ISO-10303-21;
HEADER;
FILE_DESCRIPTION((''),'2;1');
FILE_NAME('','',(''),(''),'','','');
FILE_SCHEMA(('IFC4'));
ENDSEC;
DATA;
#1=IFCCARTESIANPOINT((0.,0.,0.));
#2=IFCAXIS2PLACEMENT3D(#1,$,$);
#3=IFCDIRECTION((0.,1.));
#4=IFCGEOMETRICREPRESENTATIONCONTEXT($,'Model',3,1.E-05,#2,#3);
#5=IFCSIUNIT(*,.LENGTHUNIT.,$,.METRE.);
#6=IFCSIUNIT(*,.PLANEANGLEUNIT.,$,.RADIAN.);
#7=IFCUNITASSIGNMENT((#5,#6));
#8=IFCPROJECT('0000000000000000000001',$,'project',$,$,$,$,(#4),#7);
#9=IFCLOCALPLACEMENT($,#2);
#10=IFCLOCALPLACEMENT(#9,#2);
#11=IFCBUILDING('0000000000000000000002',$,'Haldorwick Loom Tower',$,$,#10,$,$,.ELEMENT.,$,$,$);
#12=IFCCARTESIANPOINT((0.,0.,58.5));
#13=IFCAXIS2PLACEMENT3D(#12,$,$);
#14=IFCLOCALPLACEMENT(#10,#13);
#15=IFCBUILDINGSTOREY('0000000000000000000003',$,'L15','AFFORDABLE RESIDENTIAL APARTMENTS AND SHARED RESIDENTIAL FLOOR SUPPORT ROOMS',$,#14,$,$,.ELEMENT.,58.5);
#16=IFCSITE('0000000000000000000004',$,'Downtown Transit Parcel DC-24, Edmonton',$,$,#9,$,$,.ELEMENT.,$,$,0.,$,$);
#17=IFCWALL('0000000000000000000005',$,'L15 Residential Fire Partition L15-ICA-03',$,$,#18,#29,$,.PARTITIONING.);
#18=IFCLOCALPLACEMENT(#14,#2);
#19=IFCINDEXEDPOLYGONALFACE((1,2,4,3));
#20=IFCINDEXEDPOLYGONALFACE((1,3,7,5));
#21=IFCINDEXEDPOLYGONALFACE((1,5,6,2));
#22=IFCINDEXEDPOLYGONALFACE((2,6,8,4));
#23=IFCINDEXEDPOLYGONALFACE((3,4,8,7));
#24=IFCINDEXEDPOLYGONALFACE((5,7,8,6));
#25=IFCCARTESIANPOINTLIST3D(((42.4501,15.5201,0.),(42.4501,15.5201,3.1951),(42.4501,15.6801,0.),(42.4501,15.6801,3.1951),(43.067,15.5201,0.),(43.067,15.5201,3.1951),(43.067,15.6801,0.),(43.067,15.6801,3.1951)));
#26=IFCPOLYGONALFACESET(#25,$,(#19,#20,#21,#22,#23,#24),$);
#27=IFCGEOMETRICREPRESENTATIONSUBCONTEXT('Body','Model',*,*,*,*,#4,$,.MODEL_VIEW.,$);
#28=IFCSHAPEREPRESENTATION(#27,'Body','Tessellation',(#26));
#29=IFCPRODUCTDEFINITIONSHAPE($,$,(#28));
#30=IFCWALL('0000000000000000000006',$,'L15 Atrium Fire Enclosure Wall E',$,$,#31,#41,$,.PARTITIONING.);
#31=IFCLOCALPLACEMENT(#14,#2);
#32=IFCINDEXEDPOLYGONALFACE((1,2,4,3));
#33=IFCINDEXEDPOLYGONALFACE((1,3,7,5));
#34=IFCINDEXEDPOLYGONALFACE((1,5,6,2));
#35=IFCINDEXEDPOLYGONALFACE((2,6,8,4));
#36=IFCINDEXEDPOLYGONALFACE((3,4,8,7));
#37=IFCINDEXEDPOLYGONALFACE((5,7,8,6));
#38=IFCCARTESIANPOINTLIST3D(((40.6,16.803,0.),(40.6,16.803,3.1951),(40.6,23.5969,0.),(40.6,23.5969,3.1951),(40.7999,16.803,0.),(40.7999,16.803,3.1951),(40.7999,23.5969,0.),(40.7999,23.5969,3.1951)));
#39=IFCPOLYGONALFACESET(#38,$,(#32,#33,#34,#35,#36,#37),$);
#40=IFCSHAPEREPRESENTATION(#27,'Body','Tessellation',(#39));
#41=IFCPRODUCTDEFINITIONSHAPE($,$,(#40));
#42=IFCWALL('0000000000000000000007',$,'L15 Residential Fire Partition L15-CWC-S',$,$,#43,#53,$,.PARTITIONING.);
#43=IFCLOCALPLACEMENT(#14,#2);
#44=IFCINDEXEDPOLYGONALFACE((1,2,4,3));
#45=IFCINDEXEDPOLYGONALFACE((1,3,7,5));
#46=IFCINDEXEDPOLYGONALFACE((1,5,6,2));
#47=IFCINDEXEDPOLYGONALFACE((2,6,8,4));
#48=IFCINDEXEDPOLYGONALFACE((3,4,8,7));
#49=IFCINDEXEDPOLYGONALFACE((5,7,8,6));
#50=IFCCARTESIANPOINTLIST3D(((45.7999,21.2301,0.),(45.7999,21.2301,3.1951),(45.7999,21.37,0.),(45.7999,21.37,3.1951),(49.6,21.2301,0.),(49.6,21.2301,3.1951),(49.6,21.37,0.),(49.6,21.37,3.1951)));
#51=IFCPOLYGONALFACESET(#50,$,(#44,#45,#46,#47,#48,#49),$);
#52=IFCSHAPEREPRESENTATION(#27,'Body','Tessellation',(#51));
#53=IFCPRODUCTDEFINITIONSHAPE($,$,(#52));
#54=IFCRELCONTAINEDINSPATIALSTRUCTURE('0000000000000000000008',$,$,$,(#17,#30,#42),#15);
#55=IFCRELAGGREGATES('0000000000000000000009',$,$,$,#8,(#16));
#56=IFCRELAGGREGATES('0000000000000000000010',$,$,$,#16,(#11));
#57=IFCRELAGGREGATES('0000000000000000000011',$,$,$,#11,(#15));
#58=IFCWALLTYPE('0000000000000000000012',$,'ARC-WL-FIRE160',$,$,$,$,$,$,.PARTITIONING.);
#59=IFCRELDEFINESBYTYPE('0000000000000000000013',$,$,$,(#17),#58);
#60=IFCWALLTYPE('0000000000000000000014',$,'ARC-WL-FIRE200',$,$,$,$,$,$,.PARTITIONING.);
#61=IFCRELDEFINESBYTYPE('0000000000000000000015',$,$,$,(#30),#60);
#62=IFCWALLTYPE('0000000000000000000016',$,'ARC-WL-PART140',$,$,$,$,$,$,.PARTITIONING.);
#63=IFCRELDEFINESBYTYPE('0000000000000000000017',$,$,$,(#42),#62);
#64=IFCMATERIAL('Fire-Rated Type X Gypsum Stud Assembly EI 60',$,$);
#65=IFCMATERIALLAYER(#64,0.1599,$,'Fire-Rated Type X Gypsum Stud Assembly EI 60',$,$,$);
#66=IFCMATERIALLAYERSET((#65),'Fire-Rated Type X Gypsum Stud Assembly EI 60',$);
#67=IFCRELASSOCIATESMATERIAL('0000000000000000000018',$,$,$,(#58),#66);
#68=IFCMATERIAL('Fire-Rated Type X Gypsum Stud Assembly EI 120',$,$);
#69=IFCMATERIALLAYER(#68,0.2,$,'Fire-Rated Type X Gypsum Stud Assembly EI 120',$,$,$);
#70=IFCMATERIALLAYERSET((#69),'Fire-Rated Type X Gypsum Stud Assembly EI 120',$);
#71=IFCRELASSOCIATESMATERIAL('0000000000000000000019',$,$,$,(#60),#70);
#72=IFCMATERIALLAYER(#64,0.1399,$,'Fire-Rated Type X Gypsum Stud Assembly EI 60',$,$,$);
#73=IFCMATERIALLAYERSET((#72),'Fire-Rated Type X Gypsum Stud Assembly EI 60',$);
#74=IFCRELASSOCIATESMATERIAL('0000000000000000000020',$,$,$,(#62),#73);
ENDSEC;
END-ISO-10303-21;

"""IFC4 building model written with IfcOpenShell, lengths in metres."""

from ifc_helpers import new_model, si_unit, direction, frame, frame_2d, origin, place, context, subcontext, project, spatial, rectangle, extrude, material, layer, layer_set, type_object, element, save


model = new_model("IFC4")

# Units and contexts
model_context = context("Model", 3, precision=1e-05, world=origin(), true_north=direction((0.0, 1.0)))
body_context = subcontext(model_context, "Body", "Model", "MODEL_VIEW")
ifc_project = project(units=[si_unit("LENGTHUNIT", "METRE"), si_unit("PLANEANGLEUNIT", "RADIAN")], contexts=[model_context])

# Site, building, storey
site_placement = place(None, origin())
site = spatial("IfcSite", under=ifc_project, at=site_placement, Name="Downtown Transit Parcel DC-24, Edmonton", CompositionType="ELEMENT", RefElevation=0.0)
building_placement = place(site_placement, origin())
building = spatial("IfcBuilding", under=site, at=building_placement, Name="Haldorwick Loom Tower", CompositionType="ELEMENT")
storey_placement = place(building_placement, frame((0.0, 0.0, 58.5)))
storey = spatial("IfcBuildingStorey", under=building, at=storey_placement, Name="L15", Description="AFFORDABLE RESIDENTIAL APARTMENTS AND SHARED RESIDENTIAL FLOOR SUPPORT ROOMS", CompositionType="ELEMENT", Elevation=58.5)

# Shared definitions
ifc_material_1 = material(Name="Fire-Rated Type X Gypsum Stud Assembly EI 60")
ifc_layer_1 = layer(ifc_material_1, 0.1599, Name="Fire-Rated Type X Gypsum Stud Assembly EI 60")
ifc_layer_set_1 = layer_set([ifc_layer_1], Name="Fire-Rated Type X Gypsum Stud Assembly EI 60")
wall_type_1 = type_object("IfcWallType", Name="ARC-WL-FIRE160", PredefinedType="PARTITIONING", material=ifc_layer_set_1)

# Walls
wall_1_placement = place(storey_placement, frame((42.45, 15.6001, 0.0), z_axis=(0.0, 0.0, 1.0), x_axis=(1.0, 0.0, 0.0)))
element("IfcWall", 1, at=wall_1_placement, inside=storey, type_object=wall_type_1, Name="L15 Residential Fire Partition L15-ICA-03", PredefinedType="PARTITIONING", context=body_context, shape_type="SweptSolid", body=[
    extrude(rectangle(XDim=0.6169, YDim=0.1599, at=frame_2d((0.3086, 0.0))), origin(), (0.0, 0.0, 1.0), 3.1951),
])
ifc_material_2 = material(Name="Fire-Rated Type X Gypsum Stud Assembly EI 120")
ifc_layer_2 = layer(ifc_material_2, 0.2, Name="Fire-Rated Type X Gypsum Stud Assembly EI 120")
ifc_layer_set_2 = layer_set([ifc_layer_2], Name="Fire-Rated Type X Gypsum Stud Assembly EI 120")
wall_type_2 = type_object("IfcWallType", Name="ARC-WL-FIRE200", PredefinedType="PARTITIONING", material=ifc_layer_set_2)
wall_2_placement = place(storey_placement, frame((40.7, 23.5969, 0.0), z_axis=(0.0, 0.0, 1.0), x_axis=(0.0, -1.0, 0.0)))
element("IfcWall", 2, at=wall_2_placement, inside=storey, type_object=wall_type_2, Name="L15 Atrium Fire Enclosure Wall E", PredefinedType="PARTITIONING", context=body_context, shape_type="SweptSolid", body=[
    extrude(rectangle(XDim=6.7939, YDim=0.2, at=frame_2d((3.397, 0.0))), origin(), (0.0, 0.0, 1.0), 3.1951),
])
ifc_layer_3 = layer(ifc_material_1, 0.1399, Name="Fire-Rated Type X Gypsum Stud Assembly EI 60")
ifc_layer_set_3 = layer_set([ifc_layer_3], Name="Fire-Rated Type X Gypsum Stud Assembly EI 60")
wall_type_3 = type_object("IfcWallType", Name="ARC-WL-PART140", PredefinedType="PARTITIONING", material=ifc_layer_set_3)
wall_3_placement = place(storey_placement, frame((45.8, 21.3, 0.0), z_axis=(0.0, 0.0, 1.0), x_axis=(1.0, 0.0, 0.0)))
element("IfcWall", 3, at=wall_3_placement, inside=storey, type_object=wall_type_3, Name="L15 Residential Fire Partition L15-CWC-S", PredefinedType="PARTITIONING", context=body_context, shape_type="SweptSolid", body=[
    extrude(rectangle(XDim=3.8, YDim=0.1399, at=frame_2d((1.8999, 0.0))), origin(), (0.0, 0.0, 1.0), 3.1951),
])

save(model, "model.ifc")
